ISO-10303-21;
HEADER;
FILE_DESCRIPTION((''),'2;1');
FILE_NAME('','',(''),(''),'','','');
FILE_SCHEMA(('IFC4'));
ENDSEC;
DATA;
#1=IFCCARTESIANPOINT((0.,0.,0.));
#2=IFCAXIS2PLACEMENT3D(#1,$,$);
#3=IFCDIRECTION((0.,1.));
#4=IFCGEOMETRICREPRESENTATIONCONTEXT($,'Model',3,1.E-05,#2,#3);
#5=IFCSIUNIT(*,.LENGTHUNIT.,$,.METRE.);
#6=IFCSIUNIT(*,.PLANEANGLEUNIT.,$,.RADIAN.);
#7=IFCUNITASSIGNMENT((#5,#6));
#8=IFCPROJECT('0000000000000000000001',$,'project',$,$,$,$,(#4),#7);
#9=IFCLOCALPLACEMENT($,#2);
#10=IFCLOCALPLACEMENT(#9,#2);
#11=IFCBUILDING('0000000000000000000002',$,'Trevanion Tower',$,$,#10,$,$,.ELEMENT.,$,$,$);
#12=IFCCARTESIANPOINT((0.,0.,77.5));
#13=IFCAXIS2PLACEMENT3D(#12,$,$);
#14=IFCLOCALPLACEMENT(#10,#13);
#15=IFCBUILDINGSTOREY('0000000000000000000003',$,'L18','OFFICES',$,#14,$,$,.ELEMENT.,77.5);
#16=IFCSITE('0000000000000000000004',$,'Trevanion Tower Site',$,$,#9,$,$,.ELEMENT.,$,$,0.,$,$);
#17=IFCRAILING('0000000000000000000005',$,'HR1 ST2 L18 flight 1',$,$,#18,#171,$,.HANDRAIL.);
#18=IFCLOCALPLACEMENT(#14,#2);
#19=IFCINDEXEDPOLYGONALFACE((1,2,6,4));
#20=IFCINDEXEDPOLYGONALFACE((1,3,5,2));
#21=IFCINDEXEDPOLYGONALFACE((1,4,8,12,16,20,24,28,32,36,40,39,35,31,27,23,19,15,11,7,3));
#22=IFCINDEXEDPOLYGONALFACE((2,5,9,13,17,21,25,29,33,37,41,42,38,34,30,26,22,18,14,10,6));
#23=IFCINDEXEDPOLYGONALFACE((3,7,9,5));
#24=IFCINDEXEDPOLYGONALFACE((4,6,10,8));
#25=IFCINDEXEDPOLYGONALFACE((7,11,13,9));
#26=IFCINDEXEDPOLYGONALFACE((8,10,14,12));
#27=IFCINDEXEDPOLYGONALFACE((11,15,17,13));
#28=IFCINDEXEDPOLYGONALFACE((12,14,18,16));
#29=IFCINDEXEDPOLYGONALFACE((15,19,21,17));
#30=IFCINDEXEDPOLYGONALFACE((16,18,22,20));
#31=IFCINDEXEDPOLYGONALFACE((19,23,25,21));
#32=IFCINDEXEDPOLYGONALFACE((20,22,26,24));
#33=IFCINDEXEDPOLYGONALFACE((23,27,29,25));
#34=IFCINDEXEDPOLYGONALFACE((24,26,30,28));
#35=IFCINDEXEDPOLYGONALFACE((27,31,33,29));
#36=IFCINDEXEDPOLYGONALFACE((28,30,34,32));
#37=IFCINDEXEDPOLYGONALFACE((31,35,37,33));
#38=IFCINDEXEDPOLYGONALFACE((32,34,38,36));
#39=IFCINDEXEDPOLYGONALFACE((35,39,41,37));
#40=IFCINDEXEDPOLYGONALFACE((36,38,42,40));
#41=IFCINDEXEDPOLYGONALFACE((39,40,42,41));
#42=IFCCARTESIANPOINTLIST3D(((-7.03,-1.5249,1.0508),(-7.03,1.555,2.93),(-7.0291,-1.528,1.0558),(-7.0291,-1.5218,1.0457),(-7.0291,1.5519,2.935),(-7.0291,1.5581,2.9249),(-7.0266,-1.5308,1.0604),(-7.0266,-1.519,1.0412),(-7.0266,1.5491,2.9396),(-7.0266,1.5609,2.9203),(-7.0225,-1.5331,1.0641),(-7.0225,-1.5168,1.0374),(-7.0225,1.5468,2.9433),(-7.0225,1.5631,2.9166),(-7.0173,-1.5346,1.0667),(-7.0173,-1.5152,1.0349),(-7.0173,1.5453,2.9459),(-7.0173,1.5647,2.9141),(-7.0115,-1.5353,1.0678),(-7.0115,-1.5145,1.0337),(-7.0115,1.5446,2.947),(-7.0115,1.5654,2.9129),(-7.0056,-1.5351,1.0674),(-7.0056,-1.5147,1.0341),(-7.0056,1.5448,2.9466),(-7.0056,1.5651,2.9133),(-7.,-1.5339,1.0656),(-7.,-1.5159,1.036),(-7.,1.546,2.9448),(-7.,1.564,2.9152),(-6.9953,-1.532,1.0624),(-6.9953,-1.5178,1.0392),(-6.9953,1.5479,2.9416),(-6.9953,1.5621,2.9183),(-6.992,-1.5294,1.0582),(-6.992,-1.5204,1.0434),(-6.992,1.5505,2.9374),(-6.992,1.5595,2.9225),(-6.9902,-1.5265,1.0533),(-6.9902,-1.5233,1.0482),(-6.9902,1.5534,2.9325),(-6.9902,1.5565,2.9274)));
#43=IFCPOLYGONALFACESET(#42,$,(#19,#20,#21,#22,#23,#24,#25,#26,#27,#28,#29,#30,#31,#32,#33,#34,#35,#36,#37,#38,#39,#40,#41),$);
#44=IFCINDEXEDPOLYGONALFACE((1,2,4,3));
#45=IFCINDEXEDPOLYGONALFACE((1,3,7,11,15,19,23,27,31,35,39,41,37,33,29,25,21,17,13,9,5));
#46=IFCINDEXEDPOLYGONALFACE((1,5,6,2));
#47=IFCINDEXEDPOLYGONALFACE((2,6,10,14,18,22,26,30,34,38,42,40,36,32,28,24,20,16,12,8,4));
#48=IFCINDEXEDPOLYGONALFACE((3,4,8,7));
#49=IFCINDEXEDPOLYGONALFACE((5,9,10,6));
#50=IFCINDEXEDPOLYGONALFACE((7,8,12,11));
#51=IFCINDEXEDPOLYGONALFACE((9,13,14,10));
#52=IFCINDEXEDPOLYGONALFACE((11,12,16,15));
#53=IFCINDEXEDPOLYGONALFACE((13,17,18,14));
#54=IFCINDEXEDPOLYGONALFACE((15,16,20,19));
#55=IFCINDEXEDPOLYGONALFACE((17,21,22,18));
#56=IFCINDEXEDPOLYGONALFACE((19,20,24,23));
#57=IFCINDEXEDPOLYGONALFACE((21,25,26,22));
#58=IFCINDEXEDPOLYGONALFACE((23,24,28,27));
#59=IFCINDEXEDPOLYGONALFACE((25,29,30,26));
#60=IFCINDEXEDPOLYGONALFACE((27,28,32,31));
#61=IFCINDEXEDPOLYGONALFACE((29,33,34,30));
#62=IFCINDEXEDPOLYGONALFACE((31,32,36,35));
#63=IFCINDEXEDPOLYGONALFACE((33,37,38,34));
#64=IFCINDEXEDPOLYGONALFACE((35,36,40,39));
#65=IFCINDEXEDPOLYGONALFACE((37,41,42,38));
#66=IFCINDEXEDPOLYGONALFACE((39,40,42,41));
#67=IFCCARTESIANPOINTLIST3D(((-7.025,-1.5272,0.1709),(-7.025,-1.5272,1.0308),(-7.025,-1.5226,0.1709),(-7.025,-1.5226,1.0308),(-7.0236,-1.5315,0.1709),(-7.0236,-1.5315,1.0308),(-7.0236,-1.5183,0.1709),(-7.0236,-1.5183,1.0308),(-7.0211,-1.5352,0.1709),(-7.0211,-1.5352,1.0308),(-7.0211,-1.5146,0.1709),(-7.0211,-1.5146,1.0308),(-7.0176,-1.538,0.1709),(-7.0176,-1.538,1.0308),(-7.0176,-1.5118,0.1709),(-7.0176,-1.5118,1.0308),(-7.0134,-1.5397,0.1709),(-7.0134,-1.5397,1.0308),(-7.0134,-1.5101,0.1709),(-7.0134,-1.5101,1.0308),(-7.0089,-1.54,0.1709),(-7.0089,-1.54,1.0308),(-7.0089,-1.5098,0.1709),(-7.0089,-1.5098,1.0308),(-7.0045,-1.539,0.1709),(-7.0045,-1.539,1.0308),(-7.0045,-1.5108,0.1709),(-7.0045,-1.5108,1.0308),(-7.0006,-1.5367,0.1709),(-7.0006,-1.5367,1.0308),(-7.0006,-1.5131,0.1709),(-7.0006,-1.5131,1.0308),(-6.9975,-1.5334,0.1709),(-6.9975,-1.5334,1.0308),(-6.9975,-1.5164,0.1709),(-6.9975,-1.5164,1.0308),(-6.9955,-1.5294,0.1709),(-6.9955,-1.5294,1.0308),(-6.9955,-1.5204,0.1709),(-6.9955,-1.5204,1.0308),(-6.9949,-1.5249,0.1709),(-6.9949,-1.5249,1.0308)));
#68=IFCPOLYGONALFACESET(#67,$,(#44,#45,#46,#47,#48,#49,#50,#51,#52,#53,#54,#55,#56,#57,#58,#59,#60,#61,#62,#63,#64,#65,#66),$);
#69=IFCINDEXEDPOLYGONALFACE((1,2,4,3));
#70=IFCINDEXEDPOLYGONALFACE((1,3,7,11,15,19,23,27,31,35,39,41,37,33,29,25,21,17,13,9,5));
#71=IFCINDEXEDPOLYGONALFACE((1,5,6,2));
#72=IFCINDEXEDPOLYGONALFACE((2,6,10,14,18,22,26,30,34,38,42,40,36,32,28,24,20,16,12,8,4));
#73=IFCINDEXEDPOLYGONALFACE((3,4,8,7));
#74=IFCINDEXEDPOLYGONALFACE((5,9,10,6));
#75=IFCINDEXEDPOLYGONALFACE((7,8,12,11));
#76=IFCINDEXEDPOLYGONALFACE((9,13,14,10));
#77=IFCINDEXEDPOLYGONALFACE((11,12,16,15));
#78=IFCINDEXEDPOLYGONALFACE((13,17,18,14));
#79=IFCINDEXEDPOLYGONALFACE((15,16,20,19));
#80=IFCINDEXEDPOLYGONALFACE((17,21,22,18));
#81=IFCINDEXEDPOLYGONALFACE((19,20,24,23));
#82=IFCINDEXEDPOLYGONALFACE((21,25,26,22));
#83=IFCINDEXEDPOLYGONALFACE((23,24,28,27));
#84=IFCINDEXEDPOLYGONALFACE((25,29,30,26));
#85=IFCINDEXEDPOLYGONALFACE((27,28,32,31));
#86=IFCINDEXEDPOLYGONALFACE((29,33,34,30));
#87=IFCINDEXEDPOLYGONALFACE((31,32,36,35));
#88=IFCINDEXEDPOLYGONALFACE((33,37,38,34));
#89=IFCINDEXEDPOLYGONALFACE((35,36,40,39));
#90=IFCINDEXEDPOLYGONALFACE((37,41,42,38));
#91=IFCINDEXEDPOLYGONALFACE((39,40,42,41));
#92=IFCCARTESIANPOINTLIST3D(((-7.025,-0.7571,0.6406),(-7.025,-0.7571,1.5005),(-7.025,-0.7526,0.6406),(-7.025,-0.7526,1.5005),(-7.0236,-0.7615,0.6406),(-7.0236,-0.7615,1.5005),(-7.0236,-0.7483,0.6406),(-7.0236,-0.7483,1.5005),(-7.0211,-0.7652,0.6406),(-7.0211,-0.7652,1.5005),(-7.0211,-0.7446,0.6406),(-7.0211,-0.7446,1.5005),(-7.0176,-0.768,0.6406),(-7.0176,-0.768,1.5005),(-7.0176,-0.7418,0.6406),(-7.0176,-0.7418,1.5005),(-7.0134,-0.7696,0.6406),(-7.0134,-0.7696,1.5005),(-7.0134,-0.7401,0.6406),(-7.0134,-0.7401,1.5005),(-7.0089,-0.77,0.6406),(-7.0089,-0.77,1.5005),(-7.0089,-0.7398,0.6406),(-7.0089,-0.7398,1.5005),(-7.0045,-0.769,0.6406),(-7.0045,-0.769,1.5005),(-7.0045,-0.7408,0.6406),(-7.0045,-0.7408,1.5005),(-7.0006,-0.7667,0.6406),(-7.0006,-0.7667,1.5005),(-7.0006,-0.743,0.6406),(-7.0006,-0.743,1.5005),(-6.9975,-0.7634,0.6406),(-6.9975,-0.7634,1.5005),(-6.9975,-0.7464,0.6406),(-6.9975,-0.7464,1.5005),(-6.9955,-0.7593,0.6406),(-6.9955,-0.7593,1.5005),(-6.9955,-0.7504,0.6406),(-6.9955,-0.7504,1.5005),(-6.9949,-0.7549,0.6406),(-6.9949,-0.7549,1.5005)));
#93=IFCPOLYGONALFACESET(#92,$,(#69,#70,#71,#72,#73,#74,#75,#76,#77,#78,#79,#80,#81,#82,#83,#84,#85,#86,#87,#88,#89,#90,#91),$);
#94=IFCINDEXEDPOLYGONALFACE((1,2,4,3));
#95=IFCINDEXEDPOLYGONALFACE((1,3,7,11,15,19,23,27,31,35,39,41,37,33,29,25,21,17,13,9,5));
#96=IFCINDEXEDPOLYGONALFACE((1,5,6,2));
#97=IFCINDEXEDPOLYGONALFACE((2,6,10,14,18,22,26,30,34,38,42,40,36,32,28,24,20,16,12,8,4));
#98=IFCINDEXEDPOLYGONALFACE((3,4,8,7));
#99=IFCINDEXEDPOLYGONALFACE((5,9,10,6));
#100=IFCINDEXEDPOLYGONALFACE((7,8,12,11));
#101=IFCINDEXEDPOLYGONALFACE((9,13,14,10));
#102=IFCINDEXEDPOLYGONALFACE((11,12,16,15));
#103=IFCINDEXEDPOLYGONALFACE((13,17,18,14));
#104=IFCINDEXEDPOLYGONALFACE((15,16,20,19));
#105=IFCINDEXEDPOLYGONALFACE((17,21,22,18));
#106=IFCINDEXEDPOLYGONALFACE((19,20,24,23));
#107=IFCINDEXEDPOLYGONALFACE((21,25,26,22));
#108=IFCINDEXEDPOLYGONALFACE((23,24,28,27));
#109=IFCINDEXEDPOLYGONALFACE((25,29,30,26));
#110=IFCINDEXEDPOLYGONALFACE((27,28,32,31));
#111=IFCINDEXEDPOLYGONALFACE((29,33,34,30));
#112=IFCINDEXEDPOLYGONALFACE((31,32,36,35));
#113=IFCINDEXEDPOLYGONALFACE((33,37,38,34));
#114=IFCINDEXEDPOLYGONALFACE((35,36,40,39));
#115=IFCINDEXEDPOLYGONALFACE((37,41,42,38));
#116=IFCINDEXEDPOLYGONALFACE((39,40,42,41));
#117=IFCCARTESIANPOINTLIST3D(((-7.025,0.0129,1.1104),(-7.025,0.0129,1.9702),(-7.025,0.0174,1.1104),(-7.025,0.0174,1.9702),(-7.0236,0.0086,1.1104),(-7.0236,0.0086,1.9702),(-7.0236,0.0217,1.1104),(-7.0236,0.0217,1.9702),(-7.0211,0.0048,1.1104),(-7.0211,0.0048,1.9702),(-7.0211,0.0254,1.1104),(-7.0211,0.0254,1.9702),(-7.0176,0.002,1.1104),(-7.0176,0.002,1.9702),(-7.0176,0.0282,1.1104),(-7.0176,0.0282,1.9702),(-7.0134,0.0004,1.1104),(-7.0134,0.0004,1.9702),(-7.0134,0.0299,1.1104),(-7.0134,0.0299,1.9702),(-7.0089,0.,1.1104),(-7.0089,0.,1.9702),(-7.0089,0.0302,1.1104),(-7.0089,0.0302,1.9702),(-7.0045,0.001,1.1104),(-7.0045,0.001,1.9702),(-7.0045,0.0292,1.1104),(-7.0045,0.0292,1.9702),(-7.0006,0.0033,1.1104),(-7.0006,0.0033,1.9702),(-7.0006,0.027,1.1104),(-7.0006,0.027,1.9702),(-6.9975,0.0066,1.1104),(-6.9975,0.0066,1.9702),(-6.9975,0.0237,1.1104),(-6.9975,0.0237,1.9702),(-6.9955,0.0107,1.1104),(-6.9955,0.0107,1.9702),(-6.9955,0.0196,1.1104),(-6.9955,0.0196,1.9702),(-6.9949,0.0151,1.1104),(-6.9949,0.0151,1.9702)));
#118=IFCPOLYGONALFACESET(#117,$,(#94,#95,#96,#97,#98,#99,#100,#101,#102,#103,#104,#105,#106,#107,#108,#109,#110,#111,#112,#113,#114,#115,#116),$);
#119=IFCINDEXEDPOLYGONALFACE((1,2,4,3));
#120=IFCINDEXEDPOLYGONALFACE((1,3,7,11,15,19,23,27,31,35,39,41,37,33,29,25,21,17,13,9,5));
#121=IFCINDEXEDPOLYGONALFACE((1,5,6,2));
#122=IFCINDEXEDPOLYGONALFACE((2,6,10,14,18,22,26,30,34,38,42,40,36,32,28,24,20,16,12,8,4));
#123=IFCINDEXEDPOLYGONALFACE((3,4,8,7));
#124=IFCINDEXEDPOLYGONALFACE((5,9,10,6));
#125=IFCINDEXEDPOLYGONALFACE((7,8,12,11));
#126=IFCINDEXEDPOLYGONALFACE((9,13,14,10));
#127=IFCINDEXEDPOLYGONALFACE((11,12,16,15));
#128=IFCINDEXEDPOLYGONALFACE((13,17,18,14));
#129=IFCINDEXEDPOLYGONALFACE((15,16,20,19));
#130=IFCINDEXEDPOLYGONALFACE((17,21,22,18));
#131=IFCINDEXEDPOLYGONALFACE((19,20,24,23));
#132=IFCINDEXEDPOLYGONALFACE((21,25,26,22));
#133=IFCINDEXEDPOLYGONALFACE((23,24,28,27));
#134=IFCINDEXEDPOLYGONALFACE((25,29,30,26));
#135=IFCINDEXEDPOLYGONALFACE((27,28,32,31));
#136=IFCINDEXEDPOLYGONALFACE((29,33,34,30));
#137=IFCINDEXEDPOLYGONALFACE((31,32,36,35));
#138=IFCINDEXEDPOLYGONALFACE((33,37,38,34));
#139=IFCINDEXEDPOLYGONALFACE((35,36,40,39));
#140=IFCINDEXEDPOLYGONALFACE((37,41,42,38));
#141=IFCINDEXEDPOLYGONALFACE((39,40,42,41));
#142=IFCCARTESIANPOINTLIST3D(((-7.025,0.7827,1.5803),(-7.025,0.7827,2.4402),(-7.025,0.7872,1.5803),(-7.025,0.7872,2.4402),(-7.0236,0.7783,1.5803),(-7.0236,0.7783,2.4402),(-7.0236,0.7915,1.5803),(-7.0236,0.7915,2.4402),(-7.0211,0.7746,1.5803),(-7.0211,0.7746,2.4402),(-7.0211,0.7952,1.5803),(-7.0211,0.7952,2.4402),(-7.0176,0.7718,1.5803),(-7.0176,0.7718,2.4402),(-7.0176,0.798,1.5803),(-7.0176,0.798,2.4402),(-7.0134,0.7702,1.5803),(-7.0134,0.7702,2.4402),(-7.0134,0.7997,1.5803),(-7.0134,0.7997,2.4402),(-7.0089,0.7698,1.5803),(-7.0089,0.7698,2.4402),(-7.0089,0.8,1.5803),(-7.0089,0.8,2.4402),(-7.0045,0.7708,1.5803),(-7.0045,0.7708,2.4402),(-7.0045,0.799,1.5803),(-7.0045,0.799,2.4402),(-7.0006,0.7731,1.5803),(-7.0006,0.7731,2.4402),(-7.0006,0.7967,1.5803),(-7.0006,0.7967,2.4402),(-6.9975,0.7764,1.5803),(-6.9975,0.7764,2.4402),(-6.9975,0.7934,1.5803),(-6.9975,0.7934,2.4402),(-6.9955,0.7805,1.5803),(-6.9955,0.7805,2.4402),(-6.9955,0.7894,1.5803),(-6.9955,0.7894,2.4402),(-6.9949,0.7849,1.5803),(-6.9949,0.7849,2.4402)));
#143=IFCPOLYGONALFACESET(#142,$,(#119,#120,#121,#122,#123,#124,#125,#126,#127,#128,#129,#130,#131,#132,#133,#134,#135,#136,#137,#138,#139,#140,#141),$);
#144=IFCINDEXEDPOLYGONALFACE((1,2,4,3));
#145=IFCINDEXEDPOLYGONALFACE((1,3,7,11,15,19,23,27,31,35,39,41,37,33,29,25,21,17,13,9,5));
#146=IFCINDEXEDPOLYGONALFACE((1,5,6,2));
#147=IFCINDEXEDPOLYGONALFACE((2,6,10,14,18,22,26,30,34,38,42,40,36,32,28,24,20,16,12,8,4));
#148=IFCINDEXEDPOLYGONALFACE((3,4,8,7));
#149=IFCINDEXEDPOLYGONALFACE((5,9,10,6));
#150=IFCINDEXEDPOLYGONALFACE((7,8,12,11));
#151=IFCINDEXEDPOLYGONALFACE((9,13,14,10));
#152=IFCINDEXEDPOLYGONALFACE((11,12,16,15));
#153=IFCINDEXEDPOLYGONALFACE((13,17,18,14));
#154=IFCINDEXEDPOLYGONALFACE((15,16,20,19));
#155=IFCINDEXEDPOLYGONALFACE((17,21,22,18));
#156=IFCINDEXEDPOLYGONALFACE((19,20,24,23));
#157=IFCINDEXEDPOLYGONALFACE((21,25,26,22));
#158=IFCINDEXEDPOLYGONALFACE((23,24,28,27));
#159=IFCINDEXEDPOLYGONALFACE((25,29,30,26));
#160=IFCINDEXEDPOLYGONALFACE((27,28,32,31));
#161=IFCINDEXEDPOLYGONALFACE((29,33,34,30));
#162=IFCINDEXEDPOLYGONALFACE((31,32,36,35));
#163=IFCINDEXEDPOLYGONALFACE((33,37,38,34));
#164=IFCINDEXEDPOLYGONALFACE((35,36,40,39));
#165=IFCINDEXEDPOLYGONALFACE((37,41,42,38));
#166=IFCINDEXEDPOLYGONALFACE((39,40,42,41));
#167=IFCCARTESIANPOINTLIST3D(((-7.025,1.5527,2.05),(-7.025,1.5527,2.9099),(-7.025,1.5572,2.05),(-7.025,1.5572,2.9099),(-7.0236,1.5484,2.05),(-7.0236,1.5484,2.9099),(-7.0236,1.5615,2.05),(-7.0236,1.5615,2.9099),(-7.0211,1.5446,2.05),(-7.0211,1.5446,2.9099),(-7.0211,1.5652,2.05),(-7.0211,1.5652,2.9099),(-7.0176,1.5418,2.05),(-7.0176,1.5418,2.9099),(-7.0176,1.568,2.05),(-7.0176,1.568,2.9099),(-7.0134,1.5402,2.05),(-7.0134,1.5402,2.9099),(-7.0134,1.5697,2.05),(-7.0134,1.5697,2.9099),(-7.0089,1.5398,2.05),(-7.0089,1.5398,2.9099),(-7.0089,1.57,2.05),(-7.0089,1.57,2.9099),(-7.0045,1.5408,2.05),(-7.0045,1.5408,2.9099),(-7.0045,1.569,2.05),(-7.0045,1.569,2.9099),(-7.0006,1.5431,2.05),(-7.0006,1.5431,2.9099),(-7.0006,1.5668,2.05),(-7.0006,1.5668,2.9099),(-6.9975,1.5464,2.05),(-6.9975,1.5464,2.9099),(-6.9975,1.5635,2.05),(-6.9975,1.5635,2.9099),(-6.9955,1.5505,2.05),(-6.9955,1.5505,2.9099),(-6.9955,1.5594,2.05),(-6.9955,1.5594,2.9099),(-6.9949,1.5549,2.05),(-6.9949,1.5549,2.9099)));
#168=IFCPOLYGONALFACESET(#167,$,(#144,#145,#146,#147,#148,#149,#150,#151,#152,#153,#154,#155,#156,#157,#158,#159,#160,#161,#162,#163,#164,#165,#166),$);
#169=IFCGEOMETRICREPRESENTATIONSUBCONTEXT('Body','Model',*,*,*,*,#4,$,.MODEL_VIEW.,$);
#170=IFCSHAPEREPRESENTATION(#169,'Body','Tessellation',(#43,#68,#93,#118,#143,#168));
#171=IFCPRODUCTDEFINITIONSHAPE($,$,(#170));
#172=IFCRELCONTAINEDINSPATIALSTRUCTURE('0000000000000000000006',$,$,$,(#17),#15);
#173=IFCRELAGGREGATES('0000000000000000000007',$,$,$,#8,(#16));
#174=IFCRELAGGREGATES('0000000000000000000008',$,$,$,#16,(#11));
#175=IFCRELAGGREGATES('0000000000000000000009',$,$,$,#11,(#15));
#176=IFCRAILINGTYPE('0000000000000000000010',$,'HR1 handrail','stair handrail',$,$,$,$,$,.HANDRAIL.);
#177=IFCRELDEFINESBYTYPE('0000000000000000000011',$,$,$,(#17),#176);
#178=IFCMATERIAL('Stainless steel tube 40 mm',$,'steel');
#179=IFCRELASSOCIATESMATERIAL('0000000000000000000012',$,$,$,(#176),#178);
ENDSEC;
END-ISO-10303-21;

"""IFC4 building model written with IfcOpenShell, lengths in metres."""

from ifc_helpers import new_model, si_unit, direction, frame, origin, origin_2d, place, context, subcontext, project, spatial, circle, extrude, material, type_object, element, save


model = new_model("IFC4")

# Units and contexts
model_context = context("Model", 3, precision=1e-05, world=origin(), true_north=direction((0.0, 1.0)))
body_context = subcontext(model_context, "Body", "Model", "MODEL_VIEW")
ifc_project = project(units=[si_unit("LENGTHUNIT", "METRE"), si_unit("PLANEANGLEUNIT", "RADIAN")], contexts=[model_context])

# Site, building, storey
site_placement = place(None, origin())
site = spatial("IfcSite", under=ifc_project, at=site_placement, Name="Trevanion Tower Site", CompositionType="ELEMENT", RefElevation=0.0)
building_placement = place(site_placement, origin())
building = spatial("IfcBuilding", under=site, at=building_placement, Name="Trevanion Tower", CompositionType="ELEMENT")
storey_placement = place(building_placement, frame((0.0, 0.0, 77.5)))
storey = spatial("IfcBuildingStorey", under=building, at=storey_placement, Name="L18", Description="OFFICES", CompositionType="ELEMENT", Elevation=77.5)

# Railing
ifc_material_1 = material(Name="Stainless steel tube 40 mm", Category="steel")
railing_type = type_object("IfcRailingType", Name="HR1 handrail", Description="stair handrail", PredefinedType="HANDRAIL", material=ifc_material_1)
for number, where, name in (
    (1, (-7.01, -1.5249, 0.1709), "HR1 ST2 L18 flight 1"),
):
    element("IfcRailing", number, at=place(storey_placement, frame(where)), inside=storey, type_object=railing_type, Name=name, PredefinedType="HANDRAIL", context=body_context, shape_type="SweptSolid", body=[
        extrude(circle(Radius=0.02, at=origin_2d()), frame((0.0, 0.0, 0.8799), z_axis=(0.0, 0.853648, 0.52085), x_axis=(-1.0, 0.0, 0.0)), (0.0, 0.0, 1.0), 3.6079),
        extrude(circle(Radius=0.0151, at=origin_2d()), origin(), (0.0, 0.0, 1.0), 0.8599),
        extrude(circle(Radius=0.0151, at=origin_2d()), frame((0.0, 0.77, 0.4697)), (0.0, 0.0, 1.0), 0.8599),
        extrude(circle(Radius=0.0151, at=origin_2d()), frame((0.0, 1.54, 0.9395)), (0.0, 0.0, 1.0), 0.8599),
        extrude(circle(Radius=0.0151, at=origin_2d()), frame((0.0, 2.3098, 1.4094)), (0.0, 0.0, 1.0), 0.8599),
        extrude(circle(Radius=0.0151, at=origin_2d()), frame((0.0, 3.0798, 1.8792)), (0.0, 0.0, 1.0), 0.8599),
    ])

save(model, "model.ifc")
